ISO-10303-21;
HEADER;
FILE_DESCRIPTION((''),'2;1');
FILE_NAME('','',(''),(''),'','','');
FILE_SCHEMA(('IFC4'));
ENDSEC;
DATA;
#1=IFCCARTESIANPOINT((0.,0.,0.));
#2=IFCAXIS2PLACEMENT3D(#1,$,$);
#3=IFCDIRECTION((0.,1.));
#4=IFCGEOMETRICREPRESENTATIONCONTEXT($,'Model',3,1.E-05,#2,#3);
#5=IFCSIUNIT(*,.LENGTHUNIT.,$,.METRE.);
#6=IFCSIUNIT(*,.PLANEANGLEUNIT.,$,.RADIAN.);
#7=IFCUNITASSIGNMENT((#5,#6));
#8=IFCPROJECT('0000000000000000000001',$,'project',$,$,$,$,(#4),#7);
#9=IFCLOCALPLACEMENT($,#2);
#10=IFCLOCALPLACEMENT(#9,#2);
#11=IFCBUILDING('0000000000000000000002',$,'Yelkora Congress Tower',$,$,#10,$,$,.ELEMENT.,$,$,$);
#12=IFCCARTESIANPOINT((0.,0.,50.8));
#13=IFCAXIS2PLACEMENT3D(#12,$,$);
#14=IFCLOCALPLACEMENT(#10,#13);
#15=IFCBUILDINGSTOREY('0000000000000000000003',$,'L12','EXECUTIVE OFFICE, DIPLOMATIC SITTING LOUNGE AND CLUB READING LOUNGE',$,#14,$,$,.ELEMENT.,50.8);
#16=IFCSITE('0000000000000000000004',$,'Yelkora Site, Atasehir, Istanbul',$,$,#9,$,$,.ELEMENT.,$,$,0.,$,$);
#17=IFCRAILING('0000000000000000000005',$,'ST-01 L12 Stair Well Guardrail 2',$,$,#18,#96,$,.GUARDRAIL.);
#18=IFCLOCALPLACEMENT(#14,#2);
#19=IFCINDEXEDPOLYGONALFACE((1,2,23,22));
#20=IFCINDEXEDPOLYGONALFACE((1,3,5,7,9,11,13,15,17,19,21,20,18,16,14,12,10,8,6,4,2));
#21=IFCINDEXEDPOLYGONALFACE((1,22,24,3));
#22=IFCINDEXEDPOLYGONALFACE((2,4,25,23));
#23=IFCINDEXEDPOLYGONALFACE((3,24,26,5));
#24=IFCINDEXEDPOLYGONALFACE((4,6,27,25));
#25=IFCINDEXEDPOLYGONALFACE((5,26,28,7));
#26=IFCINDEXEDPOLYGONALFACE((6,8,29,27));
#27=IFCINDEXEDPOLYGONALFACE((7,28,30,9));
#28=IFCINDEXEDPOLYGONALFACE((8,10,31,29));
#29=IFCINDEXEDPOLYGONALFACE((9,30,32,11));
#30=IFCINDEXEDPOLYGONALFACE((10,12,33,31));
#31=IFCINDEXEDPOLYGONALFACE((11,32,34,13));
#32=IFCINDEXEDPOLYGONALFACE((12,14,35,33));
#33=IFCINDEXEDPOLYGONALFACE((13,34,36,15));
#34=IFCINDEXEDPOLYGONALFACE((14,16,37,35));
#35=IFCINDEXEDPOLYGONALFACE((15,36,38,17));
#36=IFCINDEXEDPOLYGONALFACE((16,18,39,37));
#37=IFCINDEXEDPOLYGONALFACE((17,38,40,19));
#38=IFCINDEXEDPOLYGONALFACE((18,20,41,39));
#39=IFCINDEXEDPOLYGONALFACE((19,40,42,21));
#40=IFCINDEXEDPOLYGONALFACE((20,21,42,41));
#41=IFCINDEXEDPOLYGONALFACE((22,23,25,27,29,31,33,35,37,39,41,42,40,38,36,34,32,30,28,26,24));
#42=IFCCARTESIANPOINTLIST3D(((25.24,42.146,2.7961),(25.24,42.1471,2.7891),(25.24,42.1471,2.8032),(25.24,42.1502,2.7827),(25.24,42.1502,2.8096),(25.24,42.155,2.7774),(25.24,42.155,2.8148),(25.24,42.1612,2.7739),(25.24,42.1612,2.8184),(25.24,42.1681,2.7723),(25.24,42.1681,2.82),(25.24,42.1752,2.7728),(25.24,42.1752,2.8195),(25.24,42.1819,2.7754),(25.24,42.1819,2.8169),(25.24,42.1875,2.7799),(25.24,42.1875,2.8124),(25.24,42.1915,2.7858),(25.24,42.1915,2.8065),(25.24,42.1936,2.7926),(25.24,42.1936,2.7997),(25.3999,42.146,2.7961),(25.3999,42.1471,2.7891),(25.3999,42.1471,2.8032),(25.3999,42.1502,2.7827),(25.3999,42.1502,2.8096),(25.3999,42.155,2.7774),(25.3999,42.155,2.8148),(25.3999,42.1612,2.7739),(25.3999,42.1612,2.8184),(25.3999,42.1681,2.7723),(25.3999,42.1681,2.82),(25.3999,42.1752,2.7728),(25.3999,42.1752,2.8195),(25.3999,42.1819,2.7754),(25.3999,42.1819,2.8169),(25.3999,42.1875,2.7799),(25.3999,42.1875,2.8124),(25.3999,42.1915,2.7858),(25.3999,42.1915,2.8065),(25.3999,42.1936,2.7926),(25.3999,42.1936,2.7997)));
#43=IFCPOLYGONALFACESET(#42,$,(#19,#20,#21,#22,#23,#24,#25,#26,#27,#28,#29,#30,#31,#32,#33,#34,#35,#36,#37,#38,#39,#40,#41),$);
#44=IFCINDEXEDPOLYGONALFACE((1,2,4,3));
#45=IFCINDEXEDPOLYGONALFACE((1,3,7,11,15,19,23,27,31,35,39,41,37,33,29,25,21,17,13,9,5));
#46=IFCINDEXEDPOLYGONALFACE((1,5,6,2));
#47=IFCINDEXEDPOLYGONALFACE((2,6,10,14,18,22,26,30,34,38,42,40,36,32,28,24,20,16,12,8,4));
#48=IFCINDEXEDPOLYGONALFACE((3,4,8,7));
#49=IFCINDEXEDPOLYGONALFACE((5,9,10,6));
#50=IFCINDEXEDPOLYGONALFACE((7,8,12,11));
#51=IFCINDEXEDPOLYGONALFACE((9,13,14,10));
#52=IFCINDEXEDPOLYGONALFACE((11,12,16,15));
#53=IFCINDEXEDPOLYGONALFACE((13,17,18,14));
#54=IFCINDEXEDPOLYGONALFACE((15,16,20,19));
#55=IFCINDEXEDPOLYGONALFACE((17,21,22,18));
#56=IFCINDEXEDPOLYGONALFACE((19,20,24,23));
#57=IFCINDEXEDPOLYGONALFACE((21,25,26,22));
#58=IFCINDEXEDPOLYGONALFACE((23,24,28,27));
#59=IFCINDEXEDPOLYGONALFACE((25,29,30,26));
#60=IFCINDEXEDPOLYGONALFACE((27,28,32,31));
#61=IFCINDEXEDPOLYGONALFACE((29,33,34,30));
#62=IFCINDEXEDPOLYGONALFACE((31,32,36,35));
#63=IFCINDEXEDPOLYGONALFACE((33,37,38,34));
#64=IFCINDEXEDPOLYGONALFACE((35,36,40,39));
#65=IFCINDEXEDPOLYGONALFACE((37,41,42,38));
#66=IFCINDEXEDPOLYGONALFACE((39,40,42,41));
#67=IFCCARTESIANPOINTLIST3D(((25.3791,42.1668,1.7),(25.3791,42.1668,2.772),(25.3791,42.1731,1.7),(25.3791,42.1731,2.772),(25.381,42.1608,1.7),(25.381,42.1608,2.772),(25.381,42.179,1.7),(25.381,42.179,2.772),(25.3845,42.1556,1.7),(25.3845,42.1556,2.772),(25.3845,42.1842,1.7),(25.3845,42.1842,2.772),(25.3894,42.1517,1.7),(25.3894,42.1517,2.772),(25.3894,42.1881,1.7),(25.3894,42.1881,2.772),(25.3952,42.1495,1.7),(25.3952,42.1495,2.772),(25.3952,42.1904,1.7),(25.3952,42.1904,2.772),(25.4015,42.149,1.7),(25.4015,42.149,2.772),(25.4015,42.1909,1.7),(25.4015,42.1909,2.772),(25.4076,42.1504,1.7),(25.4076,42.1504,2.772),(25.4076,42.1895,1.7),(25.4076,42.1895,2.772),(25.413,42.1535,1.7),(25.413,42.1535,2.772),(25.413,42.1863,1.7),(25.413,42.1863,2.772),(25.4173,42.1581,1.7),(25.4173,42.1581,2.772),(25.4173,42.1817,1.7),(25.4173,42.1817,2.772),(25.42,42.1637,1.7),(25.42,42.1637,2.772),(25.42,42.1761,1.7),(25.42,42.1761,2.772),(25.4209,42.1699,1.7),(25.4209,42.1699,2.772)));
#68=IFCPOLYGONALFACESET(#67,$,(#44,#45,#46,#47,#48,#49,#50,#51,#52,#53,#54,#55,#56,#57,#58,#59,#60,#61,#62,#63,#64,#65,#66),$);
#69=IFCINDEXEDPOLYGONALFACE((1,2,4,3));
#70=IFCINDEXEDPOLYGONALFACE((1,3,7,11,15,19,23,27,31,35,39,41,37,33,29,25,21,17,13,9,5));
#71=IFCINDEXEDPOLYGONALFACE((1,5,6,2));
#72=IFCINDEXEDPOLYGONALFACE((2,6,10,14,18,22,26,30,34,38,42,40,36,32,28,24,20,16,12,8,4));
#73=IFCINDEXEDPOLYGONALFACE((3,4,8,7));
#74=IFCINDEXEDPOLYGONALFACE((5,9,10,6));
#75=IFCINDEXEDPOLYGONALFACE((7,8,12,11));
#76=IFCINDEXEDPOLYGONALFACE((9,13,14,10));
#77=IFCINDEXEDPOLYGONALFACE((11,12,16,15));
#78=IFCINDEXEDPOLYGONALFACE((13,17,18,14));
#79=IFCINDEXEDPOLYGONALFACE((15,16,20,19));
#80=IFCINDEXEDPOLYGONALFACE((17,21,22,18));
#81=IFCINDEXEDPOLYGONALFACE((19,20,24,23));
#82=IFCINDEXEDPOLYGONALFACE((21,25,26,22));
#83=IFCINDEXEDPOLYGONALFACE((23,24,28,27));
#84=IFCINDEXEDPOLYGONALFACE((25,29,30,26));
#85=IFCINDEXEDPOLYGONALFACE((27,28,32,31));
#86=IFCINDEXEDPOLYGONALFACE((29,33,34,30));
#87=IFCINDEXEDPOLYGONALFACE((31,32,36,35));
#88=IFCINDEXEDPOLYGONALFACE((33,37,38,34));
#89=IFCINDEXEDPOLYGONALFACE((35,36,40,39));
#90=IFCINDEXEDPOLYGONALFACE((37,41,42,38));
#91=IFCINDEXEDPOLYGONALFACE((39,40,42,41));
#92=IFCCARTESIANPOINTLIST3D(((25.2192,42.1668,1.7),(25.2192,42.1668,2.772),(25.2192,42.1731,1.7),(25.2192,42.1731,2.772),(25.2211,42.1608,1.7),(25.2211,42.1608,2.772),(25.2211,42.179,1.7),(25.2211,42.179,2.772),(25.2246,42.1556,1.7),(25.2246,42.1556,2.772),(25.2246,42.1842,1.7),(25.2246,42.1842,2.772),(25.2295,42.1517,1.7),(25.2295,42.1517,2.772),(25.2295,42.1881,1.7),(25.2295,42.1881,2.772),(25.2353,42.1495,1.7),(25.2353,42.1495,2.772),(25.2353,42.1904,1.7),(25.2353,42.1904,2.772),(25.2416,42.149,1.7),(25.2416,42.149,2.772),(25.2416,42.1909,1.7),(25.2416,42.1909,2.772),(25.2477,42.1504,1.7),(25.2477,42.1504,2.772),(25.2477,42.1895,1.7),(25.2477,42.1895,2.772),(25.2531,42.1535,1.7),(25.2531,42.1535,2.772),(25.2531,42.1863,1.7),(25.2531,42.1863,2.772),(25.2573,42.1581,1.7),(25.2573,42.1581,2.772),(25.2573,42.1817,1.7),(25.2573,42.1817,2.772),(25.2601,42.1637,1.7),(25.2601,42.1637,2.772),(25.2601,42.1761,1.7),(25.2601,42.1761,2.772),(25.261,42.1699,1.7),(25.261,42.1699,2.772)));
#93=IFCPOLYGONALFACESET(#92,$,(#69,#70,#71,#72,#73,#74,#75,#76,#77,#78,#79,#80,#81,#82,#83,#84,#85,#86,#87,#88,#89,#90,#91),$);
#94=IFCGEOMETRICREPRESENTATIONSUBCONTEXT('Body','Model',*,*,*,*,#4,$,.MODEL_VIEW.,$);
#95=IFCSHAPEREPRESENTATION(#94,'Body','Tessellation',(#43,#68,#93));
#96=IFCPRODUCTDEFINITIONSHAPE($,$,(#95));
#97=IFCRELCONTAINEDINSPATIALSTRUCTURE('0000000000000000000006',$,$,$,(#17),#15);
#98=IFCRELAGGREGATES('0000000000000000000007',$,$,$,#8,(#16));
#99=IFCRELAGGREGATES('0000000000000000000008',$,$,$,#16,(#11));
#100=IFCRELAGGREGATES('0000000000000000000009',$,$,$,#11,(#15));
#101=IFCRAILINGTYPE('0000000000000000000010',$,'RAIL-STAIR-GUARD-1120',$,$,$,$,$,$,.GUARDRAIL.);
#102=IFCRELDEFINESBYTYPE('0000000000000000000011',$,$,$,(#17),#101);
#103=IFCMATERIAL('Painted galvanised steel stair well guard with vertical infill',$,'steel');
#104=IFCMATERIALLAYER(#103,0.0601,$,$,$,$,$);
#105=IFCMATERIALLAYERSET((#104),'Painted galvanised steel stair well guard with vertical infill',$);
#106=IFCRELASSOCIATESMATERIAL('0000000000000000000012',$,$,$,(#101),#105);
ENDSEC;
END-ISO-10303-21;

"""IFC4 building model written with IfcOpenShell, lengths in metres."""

from ifc_helpers import new_model, si_unit, direction, frame, origin, origin_2d, place, context, subcontext, project, spatial, circle, extrude, material, layer, layer_set, type_object, element, save


model = new_model("IFC4")

# Units and contexts
model_context = context("Model", 3, precision=1e-05, world=origin(), true_north=direction((0.0, 1.0)))
body_context = subcontext(model_context, "Body", "Model", "MODEL_VIEW")
ifc_project = project(units=[si_unit("LENGTHUNIT", "METRE"), si_unit("PLANEANGLEUNIT", "RADIAN")], contexts=[model_context])

# Site, building, storey
site_placement = place(None, origin())
site = spatial("IfcSite", under=ifc_project, at=site_placement, Name="Yelkora Site, Atasehir, Istanbul", CompositionType="ELEMENT", RefElevation=0.0)
building_placement = place(site_placement, origin())
building = spatial("IfcBuilding", under=site, at=building_placement, Name="Yelkora Congress Tower", CompositionType="ELEMENT")
storey_placement = place(building_placement, frame((0.0, 0.0, 50.8)))
storey = spatial("IfcBuildingStorey", under=building, at=storey_placement, Name="L12", Description="EXECUTIVE OFFICE, DIPLOMATIC SITTING LOUNGE AND CLUB READING LOUNGE", CompositionType="ELEMENT", Elevation=50.8)

# Railing
ifc_material_1 = material(Name="Painted galvanised steel stair well guard with vertical infill", Category="steel")
ifc_layer_1 = layer(ifc_material_1, 0.0601)
ifc_layer_set_1 = layer_set([ifc_layer_1], Name="Painted galvanised steel stair well guard with vertical infill")
railing_type_1 = type_object("IfcRailingType", Name="RAIL-STAIR-GUARD-1120", PredefinedType="GUARDRAIL", material=ifc_layer_set_1)
railing_1_placement = place(storey_placement, frame((25.3999, 42.1699, 1.7)))
element("IfcRailing", 1, at=railing_1_placement, inside=storey, type_object=railing_type_1, Name="ST-01 L12 Stair Well Guardrail 2", PredefinedType="GUARDRAIL", context=body_context, shape_type="SweptSolid", body=[
    extrude(circle(Radius=0.0239, at=origin_2d()), frame((0.0, 0.0, 1.0962), z_axis=(-1.0, 0.0, 0.0), x_axis=(0.0, -1.0, 0.0)), (0.0, 0.0, 1.0), 0.1599),
    extrude(circle(Radius=0.021, at=origin_2d()), origin(), (0.0, 0.0, 1.0), 1.072),
    extrude(circle(Radius=0.021, at=origin_2d()), frame((-0.1599, 0.0, 0.0)), (0.0, 0.0, 1.0), 1.072),
])

save(model, "model.ifc")
